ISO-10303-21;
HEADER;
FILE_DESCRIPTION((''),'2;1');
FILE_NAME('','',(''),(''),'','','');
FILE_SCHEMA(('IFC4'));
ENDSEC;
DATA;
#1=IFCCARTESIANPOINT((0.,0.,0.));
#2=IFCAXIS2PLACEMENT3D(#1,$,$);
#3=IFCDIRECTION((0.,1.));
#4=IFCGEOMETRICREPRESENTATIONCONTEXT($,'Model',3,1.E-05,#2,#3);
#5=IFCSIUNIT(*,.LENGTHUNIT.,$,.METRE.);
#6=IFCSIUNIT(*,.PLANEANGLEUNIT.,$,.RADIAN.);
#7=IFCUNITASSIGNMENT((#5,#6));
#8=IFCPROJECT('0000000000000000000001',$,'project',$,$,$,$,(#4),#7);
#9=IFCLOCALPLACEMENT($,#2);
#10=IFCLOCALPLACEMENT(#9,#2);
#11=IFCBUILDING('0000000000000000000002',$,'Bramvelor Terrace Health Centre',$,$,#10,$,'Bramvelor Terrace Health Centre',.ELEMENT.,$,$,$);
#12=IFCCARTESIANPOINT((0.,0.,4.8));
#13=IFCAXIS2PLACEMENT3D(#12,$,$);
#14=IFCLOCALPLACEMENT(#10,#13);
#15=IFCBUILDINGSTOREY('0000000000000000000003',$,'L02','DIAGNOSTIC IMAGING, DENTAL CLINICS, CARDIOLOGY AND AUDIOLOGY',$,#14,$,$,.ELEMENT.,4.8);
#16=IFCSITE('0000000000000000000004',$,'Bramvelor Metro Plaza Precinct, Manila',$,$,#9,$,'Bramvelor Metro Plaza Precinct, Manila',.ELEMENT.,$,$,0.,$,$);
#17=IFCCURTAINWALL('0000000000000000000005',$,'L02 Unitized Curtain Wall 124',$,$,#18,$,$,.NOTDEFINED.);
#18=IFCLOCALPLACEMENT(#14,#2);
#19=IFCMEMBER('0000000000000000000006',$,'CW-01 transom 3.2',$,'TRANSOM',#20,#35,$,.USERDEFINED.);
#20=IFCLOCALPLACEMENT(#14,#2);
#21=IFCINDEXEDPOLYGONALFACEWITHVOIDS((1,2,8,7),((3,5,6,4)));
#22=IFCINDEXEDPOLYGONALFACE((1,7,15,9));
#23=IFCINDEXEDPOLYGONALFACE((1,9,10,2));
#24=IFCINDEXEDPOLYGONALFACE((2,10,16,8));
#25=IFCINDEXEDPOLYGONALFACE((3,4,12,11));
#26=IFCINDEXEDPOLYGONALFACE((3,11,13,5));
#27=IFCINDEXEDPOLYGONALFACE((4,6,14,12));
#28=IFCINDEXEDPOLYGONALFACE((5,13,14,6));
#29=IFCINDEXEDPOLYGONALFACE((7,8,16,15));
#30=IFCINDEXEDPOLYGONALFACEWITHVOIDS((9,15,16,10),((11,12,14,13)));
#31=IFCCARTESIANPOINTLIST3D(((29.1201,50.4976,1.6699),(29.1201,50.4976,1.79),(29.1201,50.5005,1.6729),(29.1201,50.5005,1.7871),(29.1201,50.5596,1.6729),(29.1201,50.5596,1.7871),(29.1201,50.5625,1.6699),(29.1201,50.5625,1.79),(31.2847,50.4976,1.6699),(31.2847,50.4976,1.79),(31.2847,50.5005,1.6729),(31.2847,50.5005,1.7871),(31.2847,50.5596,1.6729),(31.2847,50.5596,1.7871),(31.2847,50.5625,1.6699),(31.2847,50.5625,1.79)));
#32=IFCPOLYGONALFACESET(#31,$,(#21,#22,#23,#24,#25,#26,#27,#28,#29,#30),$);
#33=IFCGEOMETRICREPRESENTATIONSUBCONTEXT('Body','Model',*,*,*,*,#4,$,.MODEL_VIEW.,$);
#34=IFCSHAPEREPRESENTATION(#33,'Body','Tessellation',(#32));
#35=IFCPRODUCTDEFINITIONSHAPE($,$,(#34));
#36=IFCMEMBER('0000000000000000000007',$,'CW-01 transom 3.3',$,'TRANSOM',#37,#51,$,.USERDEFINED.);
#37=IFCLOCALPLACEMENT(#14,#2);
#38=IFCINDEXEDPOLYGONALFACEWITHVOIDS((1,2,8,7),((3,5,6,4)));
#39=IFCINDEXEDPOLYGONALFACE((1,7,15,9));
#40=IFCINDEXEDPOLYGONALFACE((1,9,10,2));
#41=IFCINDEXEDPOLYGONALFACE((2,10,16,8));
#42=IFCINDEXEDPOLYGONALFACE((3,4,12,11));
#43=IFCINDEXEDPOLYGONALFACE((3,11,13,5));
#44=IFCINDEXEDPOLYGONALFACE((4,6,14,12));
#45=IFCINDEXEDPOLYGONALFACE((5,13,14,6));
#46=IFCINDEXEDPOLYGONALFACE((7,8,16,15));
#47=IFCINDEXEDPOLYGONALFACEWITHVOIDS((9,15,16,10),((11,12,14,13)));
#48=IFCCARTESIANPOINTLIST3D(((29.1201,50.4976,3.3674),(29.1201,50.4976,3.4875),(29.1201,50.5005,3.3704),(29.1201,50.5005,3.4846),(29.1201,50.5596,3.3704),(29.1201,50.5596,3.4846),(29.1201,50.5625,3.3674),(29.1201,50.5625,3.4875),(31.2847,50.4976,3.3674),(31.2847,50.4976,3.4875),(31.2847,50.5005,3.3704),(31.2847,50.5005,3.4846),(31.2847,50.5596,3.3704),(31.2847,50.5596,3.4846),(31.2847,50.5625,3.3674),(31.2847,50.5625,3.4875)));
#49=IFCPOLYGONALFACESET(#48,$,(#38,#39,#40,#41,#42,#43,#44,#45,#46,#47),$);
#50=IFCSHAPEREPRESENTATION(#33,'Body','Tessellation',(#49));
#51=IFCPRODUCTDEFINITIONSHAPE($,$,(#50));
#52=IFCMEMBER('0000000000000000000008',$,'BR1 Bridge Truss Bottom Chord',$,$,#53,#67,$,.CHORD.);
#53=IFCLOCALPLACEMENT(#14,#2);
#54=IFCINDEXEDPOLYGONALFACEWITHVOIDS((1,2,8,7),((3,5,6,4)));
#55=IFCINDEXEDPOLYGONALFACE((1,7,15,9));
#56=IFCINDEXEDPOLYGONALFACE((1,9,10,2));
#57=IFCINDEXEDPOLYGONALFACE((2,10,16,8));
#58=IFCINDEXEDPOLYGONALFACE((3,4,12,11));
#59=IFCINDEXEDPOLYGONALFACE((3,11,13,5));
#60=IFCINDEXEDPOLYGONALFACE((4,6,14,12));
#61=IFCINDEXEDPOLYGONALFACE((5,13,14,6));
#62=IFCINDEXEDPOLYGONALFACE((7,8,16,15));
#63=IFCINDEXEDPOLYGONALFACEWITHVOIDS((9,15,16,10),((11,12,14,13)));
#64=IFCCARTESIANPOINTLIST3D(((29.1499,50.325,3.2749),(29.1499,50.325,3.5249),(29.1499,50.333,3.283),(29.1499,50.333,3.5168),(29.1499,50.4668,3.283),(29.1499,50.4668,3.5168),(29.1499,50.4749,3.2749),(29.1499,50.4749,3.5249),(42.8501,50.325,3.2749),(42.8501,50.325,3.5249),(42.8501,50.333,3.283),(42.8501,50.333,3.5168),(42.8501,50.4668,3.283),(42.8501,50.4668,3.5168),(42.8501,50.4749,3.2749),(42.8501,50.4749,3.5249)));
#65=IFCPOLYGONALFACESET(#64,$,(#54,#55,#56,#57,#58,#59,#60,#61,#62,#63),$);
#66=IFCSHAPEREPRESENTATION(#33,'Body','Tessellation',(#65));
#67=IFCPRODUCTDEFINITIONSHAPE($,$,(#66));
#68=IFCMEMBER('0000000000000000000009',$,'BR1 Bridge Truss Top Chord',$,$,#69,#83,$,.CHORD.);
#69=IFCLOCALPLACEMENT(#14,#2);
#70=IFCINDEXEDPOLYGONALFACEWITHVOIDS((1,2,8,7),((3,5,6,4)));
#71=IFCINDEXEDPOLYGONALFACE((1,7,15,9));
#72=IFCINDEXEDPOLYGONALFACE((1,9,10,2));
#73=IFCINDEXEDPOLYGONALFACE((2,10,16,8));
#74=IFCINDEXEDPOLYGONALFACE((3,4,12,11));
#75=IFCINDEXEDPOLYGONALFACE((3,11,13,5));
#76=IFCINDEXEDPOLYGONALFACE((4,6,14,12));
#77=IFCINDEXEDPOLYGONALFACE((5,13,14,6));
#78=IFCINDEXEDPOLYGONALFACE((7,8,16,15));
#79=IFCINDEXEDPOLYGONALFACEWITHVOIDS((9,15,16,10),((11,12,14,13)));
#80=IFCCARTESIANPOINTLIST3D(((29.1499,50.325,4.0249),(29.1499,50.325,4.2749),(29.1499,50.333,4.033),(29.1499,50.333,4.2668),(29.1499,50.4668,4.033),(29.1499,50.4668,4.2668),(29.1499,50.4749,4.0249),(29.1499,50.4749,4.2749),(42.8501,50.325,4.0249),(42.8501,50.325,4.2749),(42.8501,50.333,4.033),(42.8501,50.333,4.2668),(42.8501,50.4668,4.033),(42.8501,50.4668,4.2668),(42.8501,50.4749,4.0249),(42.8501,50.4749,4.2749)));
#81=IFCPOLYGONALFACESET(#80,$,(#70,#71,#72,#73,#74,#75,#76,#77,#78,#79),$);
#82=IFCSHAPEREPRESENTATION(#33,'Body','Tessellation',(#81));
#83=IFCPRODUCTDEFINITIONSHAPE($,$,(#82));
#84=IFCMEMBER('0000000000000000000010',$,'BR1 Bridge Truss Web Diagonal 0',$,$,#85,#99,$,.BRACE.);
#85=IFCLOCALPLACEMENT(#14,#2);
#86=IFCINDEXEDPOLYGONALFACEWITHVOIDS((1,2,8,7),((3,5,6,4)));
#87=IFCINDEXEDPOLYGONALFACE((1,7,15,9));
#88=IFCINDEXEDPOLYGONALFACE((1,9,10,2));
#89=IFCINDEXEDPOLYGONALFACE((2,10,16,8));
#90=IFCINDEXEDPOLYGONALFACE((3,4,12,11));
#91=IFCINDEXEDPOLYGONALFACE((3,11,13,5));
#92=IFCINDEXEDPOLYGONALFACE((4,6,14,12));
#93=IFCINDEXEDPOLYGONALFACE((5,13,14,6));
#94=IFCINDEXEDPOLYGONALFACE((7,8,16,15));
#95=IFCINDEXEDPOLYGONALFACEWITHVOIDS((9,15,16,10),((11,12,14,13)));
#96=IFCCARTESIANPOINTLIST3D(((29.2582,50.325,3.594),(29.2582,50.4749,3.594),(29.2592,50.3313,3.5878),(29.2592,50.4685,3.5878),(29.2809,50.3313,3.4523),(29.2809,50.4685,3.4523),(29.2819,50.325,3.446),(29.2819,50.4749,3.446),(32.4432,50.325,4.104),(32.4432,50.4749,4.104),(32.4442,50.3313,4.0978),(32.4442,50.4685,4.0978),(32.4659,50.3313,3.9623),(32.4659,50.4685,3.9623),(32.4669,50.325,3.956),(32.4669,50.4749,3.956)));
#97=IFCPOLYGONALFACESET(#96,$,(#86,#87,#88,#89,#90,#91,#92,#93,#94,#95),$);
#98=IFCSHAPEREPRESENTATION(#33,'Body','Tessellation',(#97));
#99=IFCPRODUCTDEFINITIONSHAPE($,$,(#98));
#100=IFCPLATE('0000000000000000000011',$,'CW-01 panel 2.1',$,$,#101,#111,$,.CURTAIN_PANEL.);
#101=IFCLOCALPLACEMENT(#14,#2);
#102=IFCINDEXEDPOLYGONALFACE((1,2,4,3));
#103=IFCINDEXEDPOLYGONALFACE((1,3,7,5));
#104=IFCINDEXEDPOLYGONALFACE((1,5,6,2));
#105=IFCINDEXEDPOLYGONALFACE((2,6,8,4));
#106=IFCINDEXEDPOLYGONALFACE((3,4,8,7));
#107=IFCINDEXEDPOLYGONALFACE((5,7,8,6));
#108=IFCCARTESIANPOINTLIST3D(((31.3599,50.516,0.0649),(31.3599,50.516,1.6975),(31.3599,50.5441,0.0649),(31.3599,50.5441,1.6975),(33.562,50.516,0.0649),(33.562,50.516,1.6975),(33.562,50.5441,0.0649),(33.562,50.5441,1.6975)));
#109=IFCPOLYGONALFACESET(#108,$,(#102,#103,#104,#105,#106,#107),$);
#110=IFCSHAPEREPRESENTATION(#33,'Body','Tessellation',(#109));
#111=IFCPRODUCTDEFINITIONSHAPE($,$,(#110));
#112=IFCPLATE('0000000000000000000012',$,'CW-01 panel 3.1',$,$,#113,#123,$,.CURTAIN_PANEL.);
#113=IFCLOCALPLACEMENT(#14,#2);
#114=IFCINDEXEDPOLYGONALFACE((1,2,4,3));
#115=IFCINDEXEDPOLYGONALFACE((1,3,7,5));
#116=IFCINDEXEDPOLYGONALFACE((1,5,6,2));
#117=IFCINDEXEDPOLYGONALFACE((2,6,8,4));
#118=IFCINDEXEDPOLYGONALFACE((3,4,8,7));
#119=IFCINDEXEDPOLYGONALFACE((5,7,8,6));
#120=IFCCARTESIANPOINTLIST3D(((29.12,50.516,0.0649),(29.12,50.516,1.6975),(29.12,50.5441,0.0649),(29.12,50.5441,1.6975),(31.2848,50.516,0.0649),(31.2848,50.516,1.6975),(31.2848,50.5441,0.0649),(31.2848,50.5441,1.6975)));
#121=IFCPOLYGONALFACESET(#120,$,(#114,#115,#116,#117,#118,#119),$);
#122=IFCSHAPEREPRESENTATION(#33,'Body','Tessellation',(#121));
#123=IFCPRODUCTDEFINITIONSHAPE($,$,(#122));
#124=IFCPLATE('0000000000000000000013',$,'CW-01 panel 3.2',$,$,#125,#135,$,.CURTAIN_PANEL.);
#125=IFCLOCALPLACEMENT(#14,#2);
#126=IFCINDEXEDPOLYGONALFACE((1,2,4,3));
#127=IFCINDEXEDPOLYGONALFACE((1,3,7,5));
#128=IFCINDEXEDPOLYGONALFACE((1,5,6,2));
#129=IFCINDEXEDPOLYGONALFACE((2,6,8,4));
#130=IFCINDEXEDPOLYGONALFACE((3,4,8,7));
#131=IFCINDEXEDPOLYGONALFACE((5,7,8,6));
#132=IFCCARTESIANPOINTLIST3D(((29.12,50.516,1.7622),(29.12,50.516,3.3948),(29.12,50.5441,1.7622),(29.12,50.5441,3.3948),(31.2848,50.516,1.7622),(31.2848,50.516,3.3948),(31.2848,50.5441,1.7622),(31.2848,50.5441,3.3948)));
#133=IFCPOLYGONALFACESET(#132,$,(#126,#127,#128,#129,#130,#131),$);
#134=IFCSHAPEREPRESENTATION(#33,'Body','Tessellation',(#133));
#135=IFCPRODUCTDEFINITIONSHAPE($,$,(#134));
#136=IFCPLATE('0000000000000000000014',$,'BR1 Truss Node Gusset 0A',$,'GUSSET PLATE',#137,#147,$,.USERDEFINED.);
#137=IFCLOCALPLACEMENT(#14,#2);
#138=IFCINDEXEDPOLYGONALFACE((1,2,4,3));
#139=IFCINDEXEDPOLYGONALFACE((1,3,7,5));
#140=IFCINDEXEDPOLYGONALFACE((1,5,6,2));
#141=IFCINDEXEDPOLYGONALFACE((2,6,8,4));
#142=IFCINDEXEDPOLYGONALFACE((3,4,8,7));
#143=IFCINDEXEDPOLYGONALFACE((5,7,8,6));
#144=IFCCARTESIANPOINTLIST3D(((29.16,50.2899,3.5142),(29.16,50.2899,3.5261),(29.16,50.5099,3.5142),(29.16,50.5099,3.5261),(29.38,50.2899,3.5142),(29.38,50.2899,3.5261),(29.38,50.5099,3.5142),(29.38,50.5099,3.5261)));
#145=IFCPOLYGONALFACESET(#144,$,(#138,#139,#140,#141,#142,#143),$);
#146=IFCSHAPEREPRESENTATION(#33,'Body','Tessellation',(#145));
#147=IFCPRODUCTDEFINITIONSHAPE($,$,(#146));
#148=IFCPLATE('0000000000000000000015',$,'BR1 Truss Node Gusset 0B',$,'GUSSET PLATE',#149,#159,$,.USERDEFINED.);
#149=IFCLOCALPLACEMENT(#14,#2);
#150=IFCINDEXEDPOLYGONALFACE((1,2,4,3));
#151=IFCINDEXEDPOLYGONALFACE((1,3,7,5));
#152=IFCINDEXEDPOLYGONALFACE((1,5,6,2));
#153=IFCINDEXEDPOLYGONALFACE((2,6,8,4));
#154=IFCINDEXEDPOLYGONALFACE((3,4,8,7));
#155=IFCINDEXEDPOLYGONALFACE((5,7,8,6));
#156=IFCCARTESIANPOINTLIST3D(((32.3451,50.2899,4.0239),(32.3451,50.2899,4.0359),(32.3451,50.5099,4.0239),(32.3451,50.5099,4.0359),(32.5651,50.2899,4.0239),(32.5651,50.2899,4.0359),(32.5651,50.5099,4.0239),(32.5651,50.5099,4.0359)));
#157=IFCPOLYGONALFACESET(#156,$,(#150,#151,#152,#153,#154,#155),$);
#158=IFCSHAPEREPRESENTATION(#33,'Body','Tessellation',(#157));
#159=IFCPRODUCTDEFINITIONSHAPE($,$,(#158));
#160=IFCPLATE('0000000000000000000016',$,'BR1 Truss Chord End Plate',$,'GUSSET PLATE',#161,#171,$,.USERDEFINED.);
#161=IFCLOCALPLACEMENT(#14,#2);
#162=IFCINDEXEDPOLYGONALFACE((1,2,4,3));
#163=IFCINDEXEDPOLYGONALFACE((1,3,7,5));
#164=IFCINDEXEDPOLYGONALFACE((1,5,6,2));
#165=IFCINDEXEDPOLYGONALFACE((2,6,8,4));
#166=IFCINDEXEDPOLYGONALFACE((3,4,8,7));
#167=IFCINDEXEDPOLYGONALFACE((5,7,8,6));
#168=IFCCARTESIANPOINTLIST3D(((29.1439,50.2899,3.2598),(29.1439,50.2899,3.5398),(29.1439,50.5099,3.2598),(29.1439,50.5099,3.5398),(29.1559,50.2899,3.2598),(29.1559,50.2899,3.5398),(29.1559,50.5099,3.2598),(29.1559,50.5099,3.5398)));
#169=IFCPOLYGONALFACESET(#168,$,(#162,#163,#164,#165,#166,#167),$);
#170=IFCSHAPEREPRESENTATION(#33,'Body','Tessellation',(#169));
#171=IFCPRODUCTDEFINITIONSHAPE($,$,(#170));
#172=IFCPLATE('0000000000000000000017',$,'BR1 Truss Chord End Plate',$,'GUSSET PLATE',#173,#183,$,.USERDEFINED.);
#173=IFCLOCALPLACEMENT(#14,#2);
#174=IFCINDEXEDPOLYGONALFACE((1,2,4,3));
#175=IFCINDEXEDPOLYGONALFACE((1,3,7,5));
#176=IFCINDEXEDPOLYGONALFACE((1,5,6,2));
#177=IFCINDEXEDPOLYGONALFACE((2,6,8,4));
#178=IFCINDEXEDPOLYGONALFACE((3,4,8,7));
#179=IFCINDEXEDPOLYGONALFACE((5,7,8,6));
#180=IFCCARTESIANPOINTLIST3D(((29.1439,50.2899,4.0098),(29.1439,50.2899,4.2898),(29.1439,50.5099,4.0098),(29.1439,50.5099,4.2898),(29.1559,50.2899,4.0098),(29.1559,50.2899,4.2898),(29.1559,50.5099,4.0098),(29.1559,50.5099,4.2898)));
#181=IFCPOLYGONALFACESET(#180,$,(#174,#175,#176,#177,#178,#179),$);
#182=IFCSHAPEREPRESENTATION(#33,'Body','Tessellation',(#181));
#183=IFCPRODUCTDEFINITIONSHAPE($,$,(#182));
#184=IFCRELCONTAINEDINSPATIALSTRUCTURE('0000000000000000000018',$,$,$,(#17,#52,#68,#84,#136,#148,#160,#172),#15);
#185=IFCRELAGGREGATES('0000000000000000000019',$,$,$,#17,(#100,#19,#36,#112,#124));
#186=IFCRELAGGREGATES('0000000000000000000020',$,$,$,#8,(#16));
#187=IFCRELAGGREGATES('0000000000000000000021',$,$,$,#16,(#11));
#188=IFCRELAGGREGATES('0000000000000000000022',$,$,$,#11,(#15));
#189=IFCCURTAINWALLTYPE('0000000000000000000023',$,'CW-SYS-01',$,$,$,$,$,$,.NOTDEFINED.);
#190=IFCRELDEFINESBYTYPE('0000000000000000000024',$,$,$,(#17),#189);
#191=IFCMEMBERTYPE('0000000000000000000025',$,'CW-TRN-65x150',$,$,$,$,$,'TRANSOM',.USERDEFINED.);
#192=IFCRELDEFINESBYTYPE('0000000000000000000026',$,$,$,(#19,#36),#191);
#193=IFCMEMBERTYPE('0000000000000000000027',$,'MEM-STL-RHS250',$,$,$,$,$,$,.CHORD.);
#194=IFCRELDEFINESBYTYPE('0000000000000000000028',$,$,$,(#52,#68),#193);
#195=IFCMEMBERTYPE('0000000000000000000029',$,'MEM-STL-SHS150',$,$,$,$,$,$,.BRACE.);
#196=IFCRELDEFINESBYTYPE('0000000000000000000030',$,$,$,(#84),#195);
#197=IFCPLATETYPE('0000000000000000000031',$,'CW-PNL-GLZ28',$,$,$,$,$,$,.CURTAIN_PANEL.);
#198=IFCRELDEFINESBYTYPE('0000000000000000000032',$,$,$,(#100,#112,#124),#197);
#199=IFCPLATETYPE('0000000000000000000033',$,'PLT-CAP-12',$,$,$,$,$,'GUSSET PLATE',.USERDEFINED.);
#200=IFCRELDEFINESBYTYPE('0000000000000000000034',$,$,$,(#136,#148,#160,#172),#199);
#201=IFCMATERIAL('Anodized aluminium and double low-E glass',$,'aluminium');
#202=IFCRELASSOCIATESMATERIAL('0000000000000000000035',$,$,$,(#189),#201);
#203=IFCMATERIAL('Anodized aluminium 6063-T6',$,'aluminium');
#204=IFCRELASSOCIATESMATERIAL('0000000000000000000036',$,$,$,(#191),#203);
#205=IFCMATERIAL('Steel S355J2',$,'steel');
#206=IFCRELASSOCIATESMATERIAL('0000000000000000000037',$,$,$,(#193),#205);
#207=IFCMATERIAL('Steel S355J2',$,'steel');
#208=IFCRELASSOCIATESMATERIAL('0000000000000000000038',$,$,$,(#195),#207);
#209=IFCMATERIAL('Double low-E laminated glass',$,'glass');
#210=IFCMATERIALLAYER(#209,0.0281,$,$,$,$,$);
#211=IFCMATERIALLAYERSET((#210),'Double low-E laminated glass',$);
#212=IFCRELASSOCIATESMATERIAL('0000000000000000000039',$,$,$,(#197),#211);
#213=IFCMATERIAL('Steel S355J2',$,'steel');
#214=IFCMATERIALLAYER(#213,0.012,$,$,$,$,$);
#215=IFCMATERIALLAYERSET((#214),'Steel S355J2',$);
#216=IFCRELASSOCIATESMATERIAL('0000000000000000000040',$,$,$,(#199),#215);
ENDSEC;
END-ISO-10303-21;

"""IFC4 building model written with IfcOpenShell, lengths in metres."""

from ifc_helpers import new_model, si_unit, direction, frame, origin, origin_2d, place, context, subcontext, project, spatial, rectangle, hollow_rectangle, extrude, material, layer, layer_set, material_profile, profile_set, type_object, element, aggregate, save


model = new_model("IFC4")

# Units and contexts
model_context = context("Model", 3, precision=1e-05, world=origin(), true_north=direction((0.0, 1.0)))
body_context = subcontext(model_context, "Body", "Model", "MODEL_VIEW")
ifc_project = project(units=[si_unit("LENGTHUNIT", "METRE"), si_unit("PLANEANGLEUNIT", "RADIAN")], contexts=[model_context])

# Site, building, storey
site_placement = place(None, origin())
site = spatial("IfcSite", under=ifc_project, at=site_placement, Name="Bramvelor Metro Plaza Precinct, Manila", LongName="Bramvelor Metro Plaza Precinct, Manila", CompositionType="ELEMENT", RefElevation=0.0)
building_placement = place(site_placement, origin())
building = spatial("IfcBuilding", under=site, at=building_placement, Name="Bramvelor Terrace Health Centre", LongName="Bramvelor Terrace Health Centre", CompositionType="ELEMENT")
storey_placement = place(building_placement, frame((0.0, 0.0, 4.8)))
storey = spatial("IfcBuildingStorey", under=building, at=storey_placement, Name="L02", Description="DIAGNOSTIC IMAGING, DENTAL CLINICS, CARDIOLOGY AND AUDIOLOGY", CompositionType="ELEMENT", Elevation=4.8)

# Curtain wall, members
ifc_material_1 = material(Name="Anodized aluminium and double low-E glass", Category="aluminium")
curtain_wall_type = type_object("IfcCurtainWallType", Name="CW-SYS-01", PredefinedType="NOTDEFINED", material=ifc_material_1)
curtain_wall_placement = place(storey_placement, origin())
curtain_wall = element("IfcCurtainWall", 1, at=curtain_wall_placement, inside=storey, type_object=curtain_wall_type, Name="L02 Unitized Curtain Wall 124", PredefinedType="NOTDEFINED")
ifc_material_2 = material(Name="Anodized aluminium 6063-T6", Category="aluminium")
ifc_material_profile_1 = material_profile(ifc_material_2, hollow_rectangle(XDim=0.0649, YDim=0.1201, WallThickness=0.0029, at=origin_2d()), Name="ALU-TRN 65x120x3.0")
ifc_profile_set_1 = profile_set([ifc_material_profile_1], Name="Anodized aluminium 6063-T6")
member_type_1 = type_object("IfcMemberType", Name="CW-TRN-65x150", ElementType="TRANSOM", PredefinedType="USERDEFINED", material=ifc_profile_set_1)
member_1_placement = place(storey_placement, frame((31.2847, 50.53, 1.73), z_axis=(-1.0, 0.0, 0.0), x_axis=(0.0, -1.0, 0.0)))
member_1 = element("IfcMember", 2, at=member_1_placement, type_object=member_type_1, Name="CW-01 transom 3.2", ObjectType="TRANSOM", PredefinedType="USERDEFINED", context=body_context, shape_type="SweptSolid", body=[
    extrude(hollow_rectangle(XDim=0.0649, YDim=0.1201, WallThickness=0.0029, at=origin_2d()), origin(), (0.0, 0.0, 1.0), 2.1646),
])
member_2_placement = place(storey_placement, frame((31.2847, 50.53, 3.4275), z_axis=(-1.0, 0.0, 0.0), x_axis=(0.0, -1.0, 0.0)))
member_2 = element("IfcMember", 3, at=member_2_placement, type_object=member_type_1, Name="CW-01 transom 3.3", ObjectType="TRANSOM", PredefinedType="USERDEFINED", context=body_context, shape_type="SweptSolid", body=[
    extrude(hollow_rectangle(XDim=0.0649, YDim=0.1201, WallThickness=0.0029, at=origin_2d()), origin(), (0.0, 0.0, 1.0), 2.1646),
])

# Members
ifc_material_3 = material(Name="Steel S355J2", Category="steel")
ifc_material_profile_2 = material_profile(ifc_material_3, hollow_rectangle(XDim=0.1499, YDim=0.25, WallThickness=0.0081, at=origin_2d()), Name="RHS 250x150x8.0")
ifc_profile_set_2 = profile_set([ifc_material_profile_2], Name="Steel S355J2")
member_type_2 = type_object("IfcMemberType", Name="MEM-STL-RHS250", PredefinedType="CHORD", material=ifc_profile_set_2)
for number, where, z_axis, x_axis, name in (
    (4, (29.1499, 50.3999, 3.3999), (1.0, 0.0, 0.0), (0.0, 1.0, 0.0), "BR1 Bridge Truss Bottom Chord"),
    (5, (29.1499, 50.3999, 4.1499), (1.0, 0.0, 0.0), (0.0, 1.0, 0.0), "BR1 Bridge Truss Top Chord"),
):
    element("IfcMember", number, at=place(storey_placement, frame(where, z_axis=z_axis, x_axis=x_axis)), inside=storey, type_object=member_type_2, Name=name, PredefinedType="CHORD", context=body_context, shape_type="SweptSolid", body=[
        extrude(hollow_rectangle(XDim=0.1499, YDim=0.25, WallThickness=0.0081, at=origin_2d()), origin(), (0.0, 0.0, 1.0), 13.7002),
    ])
ifc_material_4 = material(Name="Steel S355J2", Category="steel")
ifc_material_profile_3 = material_profile(ifc_material_4, hollow_rectangle(XDim=0.1499, YDim=0.1499, WallThickness=0.0063, at=origin_2d()), Name="SHS 150x150x6.3")
ifc_profile_set_3 = profile_set([ifc_material_profile_3], Name="Steel S355J2")
member_type_3 = type_object("IfcMemberType", Name="MEM-STL-SHS150", PredefinedType="BRACE", material=ifc_profile_set_3)
member_3_placement = place(storey_placement, frame((29.27, 50.3999, 3.52), z_axis=(0.987421, 0.0, 0.158112), x_axis=(0.0, 1.0, 0.0)))
element("IfcMember", 6, at=member_3_placement, inside=storey, type_object=member_type_3, Name="BR1 Bridge Truss Web Diagonal 0", PredefinedType="BRACE", context=body_context, shape_type="SweptSolid", body=[
    extrude(hollow_rectangle(XDim=0.1499, YDim=0.1499, WallThickness=0.0063, at=origin_2d()), origin(), (0.0, 0.0, 1.0), 3.2256),
])

# Plates
ifc_material_5 = material(Name="Double low-E laminated glass", Category="glass")
ifc_layer_1 = layer(ifc_material_5, 0.0281)
ifc_layer_set_1 = layer_set([ifc_layer_1], Name="Double low-E laminated glass")
plate_type_1 = type_object("IfcPlateType", Name="CW-PNL-GLZ28", PredefinedType="CURTAIN_PANEL", material=ifc_layer_set_1)
plate_1_placement = place(storey_placement, frame((32.4609, 50.53, 0.0649), z_axis=(0.0, 0.0, 1.0), x_axis=(-1.0, 0.0, 0.0)))
plate_1 = element("IfcPlate", 7, at=plate_1_placement, type_object=plate_type_1, Name="CW-01 panel 2.1", PredefinedType="CURTAIN_PANEL", context=body_context, shape_type="SweptSolid", body=[
    extrude(rectangle(XDim=2.2021, YDim=0.0281, at=origin_2d()), origin(), (0.0, 0.0, 1.0), 1.6326),
])
plate_2_placement = place(storey_placement, frame((30.2024, 50.53, 0.0649), z_axis=(0.0, 0.0, 1.0), x_axis=(-1.0, 0.0, 0.0)))
plate_2 = element("IfcPlate", 8, at=plate_2_placement, type_object=plate_type_1, Name="CW-01 panel 3.1", PredefinedType="CURTAIN_PANEL", context=body_context, shape_type="SweptSolid", body=[
    extrude(rectangle(XDim=2.1648, YDim=0.0281, at=origin_2d()), origin(), (0.0, 0.0, 1.0), 1.6326),
])
plate_3_placement = place(storey_placement, frame((30.2024, 50.53, 1.7622), z_axis=(0.0, 0.0, 1.0), x_axis=(-1.0, 0.0, 0.0)))
plate_3 = element("IfcPlate", 9, at=plate_3_placement, type_object=plate_type_1, Name="CW-01 panel 3.2", PredefinedType="CURTAIN_PANEL", context=body_context, shape_type="SweptSolid", body=[
    extrude(rectangle(XDim=2.1648, YDim=0.0281, at=origin_2d()), origin(), (0.0, 0.0, 1.0), 1.6326),
])
aggregate(curtain_wall, [plate_1, member_1, member_2, plate_2, plate_3])

# Plates
ifc_material_6 = material(Name="Steel S355J2", Category="steel")
ifc_layer_2 = layer(ifc_material_6, 0.012)
ifc_layer_set_2 = layer_set([ifc_layer_2], Name="Steel S355J2")
plate_type_2 = type_object("IfcPlateType", Name="PLT-CAP-12", ElementType="GUSSET PLATE", PredefinedType="USERDEFINED", material=ifc_layer_set_2)
for number, where, z_axis, x_axis, name in (
    (10, (29.27, 50.3999, 3.5142), (0.0, 0.0, 1.0), (1.0, 0.0, 0.0), "BR1 Truss Node Gusset 0A"),
    (11, (32.4551, 50.3999, 4.0239), (0.0, 0.0, 1.0), (1.0, 0.0, 0.0), "BR1 Truss Node Gusset 0B"),
):
    element("IfcPlate", number, at=place(storey_placement, frame(where, z_axis=z_axis, x_axis=x_axis)), inside=storey, type_object=plate_type_2, Name=name, ObjectType="GUSSET PLATE", PredefinedType="USERDEFINED", context=body_context, shape_type="SweptSolid", body=[
        extrude(rectangle(XDim=0.22, YDim=0.22, at=origin_2d()), origin(), (0.0, 0.0, 1.0), 0.012),
    ])
for number, where, z_axis, x_axis, name in (
    (12, (29.1499, 50.3999, 3.2598), (0.0, 0.0, 1.0), (1.0, 0.0, 0.0), "BR1 Truss Chord End Plate"),
    (13, (29.1499, 50.3999, 4.0098), (0.0, 0.0, 1.0), (1.0, 0.0, 0.0), "BR1 Truss Chord End Plate"),
):
    element("IfcPlate", number, at=place(storey_placement, frame(where, z_axis=z_axis, x_axis=x_axis)), inside=storey, type_object=plate_type_2, Name=name, ObjectType="GUSSET PLATE", PredefinedType="USERDEFINED", context=body_context, shape_type="SweptSolid", body=[
        extrude(rectangle(XDim=0.012, YDim=0.22, at=origin_2d()), origin(), (0.0, 0.0, 1.0), 0.28),
    ])

save(model, "model.ifc")
